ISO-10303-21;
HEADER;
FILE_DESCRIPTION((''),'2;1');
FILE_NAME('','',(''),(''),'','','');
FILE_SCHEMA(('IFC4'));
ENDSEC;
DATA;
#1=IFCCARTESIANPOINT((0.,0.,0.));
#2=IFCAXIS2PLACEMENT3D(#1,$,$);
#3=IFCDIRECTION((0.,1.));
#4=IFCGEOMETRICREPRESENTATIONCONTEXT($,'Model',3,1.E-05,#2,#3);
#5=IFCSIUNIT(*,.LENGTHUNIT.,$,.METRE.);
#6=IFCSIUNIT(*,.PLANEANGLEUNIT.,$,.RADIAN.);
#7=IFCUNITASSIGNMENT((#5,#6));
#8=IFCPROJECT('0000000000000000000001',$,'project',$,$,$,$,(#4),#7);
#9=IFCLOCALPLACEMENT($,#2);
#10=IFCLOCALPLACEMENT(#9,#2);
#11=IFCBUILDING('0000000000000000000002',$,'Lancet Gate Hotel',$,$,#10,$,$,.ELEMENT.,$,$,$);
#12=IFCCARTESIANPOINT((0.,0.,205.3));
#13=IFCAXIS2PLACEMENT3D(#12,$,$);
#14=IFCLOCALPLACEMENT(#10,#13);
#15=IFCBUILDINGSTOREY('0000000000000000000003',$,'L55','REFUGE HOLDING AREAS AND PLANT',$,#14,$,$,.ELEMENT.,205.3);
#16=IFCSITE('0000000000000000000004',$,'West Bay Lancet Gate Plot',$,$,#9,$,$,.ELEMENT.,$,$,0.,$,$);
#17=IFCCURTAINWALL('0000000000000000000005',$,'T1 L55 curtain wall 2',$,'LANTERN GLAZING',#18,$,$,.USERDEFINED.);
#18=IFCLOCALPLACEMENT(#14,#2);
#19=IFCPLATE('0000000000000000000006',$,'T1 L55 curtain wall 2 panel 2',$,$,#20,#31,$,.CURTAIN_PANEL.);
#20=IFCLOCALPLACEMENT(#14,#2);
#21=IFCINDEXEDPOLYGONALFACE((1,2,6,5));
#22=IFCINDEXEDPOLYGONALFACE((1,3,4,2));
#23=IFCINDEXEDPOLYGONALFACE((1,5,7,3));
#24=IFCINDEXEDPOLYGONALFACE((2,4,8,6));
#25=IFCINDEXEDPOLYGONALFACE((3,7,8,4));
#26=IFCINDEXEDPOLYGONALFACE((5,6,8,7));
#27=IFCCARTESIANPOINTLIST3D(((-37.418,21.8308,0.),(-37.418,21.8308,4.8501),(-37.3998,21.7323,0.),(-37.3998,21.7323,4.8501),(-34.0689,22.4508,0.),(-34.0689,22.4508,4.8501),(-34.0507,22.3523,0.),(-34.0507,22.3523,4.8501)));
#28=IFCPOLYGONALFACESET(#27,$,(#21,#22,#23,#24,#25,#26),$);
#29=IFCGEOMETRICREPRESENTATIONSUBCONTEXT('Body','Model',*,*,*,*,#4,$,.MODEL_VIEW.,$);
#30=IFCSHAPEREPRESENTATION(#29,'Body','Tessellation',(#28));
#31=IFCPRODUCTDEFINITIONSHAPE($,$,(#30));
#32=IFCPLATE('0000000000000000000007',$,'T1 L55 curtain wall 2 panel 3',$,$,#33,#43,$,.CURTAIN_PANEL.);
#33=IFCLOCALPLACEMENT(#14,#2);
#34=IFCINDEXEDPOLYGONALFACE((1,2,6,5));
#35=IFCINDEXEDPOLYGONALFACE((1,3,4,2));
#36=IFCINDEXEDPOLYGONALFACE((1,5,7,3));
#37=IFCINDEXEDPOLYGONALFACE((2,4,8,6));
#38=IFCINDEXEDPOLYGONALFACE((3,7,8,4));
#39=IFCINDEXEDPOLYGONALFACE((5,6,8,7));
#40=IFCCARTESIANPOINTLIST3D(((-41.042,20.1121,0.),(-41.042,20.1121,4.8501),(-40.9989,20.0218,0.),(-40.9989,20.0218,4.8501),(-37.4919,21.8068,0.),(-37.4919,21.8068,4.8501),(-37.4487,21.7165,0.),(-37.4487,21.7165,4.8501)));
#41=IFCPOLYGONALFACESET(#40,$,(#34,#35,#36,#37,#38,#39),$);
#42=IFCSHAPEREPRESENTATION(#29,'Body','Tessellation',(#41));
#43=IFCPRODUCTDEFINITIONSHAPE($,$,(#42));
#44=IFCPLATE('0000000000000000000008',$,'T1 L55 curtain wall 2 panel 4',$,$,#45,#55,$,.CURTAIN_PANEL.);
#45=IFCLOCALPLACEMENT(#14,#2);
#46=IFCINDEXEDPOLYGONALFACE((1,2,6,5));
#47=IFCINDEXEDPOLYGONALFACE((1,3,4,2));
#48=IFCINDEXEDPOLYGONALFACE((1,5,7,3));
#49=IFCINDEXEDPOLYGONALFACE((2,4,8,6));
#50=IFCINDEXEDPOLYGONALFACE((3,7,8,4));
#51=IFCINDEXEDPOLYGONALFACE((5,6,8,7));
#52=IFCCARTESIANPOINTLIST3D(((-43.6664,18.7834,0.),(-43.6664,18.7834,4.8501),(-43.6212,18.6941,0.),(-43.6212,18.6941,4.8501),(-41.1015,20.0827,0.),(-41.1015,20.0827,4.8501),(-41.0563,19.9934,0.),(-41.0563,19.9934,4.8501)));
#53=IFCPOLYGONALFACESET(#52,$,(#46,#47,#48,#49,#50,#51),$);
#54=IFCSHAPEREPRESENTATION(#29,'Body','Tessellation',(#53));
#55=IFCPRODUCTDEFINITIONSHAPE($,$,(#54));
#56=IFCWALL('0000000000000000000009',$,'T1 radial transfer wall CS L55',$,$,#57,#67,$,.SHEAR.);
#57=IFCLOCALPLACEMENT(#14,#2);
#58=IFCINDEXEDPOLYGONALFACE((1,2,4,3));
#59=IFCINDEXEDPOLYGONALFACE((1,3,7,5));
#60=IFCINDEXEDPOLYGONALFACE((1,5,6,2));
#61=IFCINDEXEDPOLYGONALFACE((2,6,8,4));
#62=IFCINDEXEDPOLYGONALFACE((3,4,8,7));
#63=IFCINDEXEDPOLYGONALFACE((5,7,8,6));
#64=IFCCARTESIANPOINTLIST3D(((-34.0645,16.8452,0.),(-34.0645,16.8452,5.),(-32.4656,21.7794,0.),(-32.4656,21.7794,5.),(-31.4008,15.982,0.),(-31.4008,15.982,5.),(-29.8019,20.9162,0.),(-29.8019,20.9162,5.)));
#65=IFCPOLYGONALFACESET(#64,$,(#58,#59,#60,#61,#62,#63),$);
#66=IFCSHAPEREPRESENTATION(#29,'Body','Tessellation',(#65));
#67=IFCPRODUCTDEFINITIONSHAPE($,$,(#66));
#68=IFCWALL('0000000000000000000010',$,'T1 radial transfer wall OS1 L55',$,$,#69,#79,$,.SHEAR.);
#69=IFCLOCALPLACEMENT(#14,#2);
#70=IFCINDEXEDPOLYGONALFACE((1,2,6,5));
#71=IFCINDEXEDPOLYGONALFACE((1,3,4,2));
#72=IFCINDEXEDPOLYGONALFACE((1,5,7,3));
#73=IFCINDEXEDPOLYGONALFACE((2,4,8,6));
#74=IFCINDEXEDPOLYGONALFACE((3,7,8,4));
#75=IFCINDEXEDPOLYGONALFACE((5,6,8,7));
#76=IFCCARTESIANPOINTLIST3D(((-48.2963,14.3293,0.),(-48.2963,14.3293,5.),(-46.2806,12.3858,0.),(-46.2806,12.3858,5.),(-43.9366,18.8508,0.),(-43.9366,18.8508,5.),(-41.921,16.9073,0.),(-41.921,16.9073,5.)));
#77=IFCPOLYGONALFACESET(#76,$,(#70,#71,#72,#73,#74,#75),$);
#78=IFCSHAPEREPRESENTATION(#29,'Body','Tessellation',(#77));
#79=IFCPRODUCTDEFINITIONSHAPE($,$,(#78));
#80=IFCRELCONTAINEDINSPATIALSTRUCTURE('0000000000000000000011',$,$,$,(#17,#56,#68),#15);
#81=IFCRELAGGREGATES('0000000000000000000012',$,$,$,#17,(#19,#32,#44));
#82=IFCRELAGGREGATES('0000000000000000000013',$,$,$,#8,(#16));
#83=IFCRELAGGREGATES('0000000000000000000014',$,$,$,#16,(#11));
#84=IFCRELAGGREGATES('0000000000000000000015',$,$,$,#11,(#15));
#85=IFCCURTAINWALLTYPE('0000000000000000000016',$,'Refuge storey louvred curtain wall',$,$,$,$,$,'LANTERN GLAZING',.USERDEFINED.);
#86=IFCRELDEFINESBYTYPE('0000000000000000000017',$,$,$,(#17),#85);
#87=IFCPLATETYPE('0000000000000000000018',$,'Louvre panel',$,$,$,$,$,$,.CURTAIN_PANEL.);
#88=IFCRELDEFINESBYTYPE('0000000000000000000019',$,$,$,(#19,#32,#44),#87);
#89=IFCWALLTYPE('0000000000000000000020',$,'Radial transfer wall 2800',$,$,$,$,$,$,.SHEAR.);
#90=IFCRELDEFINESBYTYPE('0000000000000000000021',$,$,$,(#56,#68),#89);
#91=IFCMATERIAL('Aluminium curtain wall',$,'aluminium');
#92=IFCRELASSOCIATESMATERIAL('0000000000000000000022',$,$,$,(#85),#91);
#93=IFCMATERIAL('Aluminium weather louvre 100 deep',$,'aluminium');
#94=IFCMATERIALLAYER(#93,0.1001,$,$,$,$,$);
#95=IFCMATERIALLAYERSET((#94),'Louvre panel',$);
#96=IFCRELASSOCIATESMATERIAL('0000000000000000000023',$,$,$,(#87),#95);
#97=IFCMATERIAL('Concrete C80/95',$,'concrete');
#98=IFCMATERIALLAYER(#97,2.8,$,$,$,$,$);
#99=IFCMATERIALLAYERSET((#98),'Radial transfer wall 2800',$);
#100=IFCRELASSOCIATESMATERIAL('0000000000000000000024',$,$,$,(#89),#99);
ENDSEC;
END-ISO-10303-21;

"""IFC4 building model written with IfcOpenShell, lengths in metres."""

from ifc_helpers import new_model, si_unit, direction, frame, frame_2d, origin, origin_2d, place, context, subcontext, project, spatial, rectangle, extrude, material, layer, layer_set, type_object, element, aggregate, save


model = new_model("IFC4")

# Units and contexts
model_context = context("Model", 3, precision=1e-05, world=origin(), true_north=direction((0.0, 1.0)))
body_context = subcontext(model_context, "Body", "Model", "MODEL_VIEW")
ifc_project = project(units=[si_unit("LENGTHUNIT", "METRE"), si_unit("PLANEANGLEUNIT", "RADIAN")], contexts=[model_context])

# Site, building, storey
site_placement = place(None, origin())
site = spatial("IfcSite", under=ifc_project, at=site_placement, Name="West Bay Lancet Gate Plot", CompositionType="ELEMENT", RefElevation=0.0)
building_placement = place(site_placement, origin())
building = spatial("IfcBuilding", under=site, at=building_placement, Name="Lancet Gate Hotel", CompositionType="ELEMENT")
storey_placement = place(building_placement, frame((0.0, 0.0, 205.3)))
storey = spatial("IfcBuildingStorey", under=building, at=storey_placement, Name="L55", Description="REFUGE HOLDING AREAS AND PLANT", CompositionType="ELEMENT", Elevation=205.3)

# Shared definitions
ifc_material_1 = material(Name="Aluminium curtain wall", Category="aluminium")
curtain_wall_type = type_object("IfcCurtainWallType", Name="Refuge storey louvred curtain wall", ElementType="LANTERN GLAZING", PredefinedType="USERDEFINED", material=ifc_material_1)

# Curtain wall
curtain_wall_1_placement = place(storey_placement, origin())
curtain_wall_1 = element("IfcCurtainWall", 1, at=curtain_wall_1_placement, inside=storey, type_object=curtain_wall_type, Name="T1 L55 curtain wall 2", ObjectType="LANTERN GLAZING", PredefinedType="USERDEFINED")

# Plates
ifc_material_2 = material(Name="Aluminium weather louvre 100 deep", Category="aluminium")
ifc_layer_1 = layer(ifc_material_2, 0.1001)
ifc_layer_set_1 = layer_set([ifc_layer_1], Name="Louvre panel")
plate_type = type_object("IfcPlateType", Name="Louvre panel", PredefinedType="CURTAIN_PANEL", material=ifc_layer_set_1)
plate_1_placement = place(storey_placement, frame((-35.7344, 22.0916, 0.0), z_axis=(0.0, 0.0, 1.0), x_axis=(-0.983292, -0.182033, 0.0)))
plate_1 = element("IfcPlate", 2, at=plate_1_placement, type_object=plate_type, Name="T1 L55 curtain wall 2 panel 2", PredefinedType="CURTAIN_PANEL", context=body_context, shape_type="SweptSolid", body=[
    extrude(rectangle(XDim=3.406, YDim=0.1001, at=origin_2d()), origin(), (0.0, 0.0, 1.0), 4.8501),
])
plate_2_placement = place(storey_placement, frame((-39.2454, 20.9143, 0.0), z_axis=(0.0, 0.0, 1.0), x_axis=(-0.902454, -0.430787, 0.0)))
plate_2 = element("IfcPlate", 3, at=plate_2_placement, type_object=plate_type, Name="T1 L55 curtain wall 2 panel 3", PredefinedType="CURTAIN_PANEL", context=body_context, shape_type="SweptSolid", body=[
    extrude(rectangle(XDim=3.9338, YDim=0.1001, at=origin_2d()), origin(), (0.0, 0.0, 1.0), 4.8501),
])
plate_3_placement = place(storey_placement, frame((-42.3613, 19.3884, 0.0), z_axis=(0.0, 0.0, 1.0), x_axis=(-0.892071, -0.451895, 0.0)))
plate_3 = element("IfcPlate", 4, at=plate_3_placement, type_object=plate_type, Name="T1 L55 curtain wall 2 panel 4", PredefinedType="CURTAIN_PANEL", context=body_context, shape_type="SweptSolid", body=[
    extrude(rectangle(XDim=2.8752, YDim=0.1001, at=origin_2d()), origin(), (0.0, 0.0, 1.0), 4.8501),
])
aggregate(curtain_wall_1, [plate_1, plate_2, plate_3])

# Walls
ifc_material_3 = material(Name="Concrete C80/95", Category="concrete")
ifc_layer_2 = layer(ifc_material_3, 2.8)
ifc_layer_set_2 = layer_set([ifc_layer_2], Name="Radial transfer wall 2800")
wall_type = type_object("IfcWallType", Name="Radial transfer wall 2800", PredefinedType="SHEAR", material=ifc_layer_set_2)
wall_1_placement = place(storey_placement, frame((-31.1338, 21.3477, 0.0), z_axis=(0.0, 0.0, 1.0), x_axis=(-0.308266, -0.9513, 0.0)))
element("IfcWall", 5, at=wall_1_placement, inside=storey, type_object=wall_type, Name="T1 radial transfer wall CS L55", PredefinedType="SHEAR", context=body_context, shape_type="SweptSolid", body=[
    extrude(rectangle(XDim=5.1868, YDim=2.8, at=frame_2d((2.5933, 0.0))), origin(), (0.0, 0.0, 1.0), 5.0),
])
wall_2_placement = place(storey_placement, frame((-42.9287, 17.8792, 0.0), z_axis=(0.0, 0.0, 1.0), x_axis=(-0.694104, -0.719875, 0.0)))
element("IfcWall", 6, at=wall_2_placement, inside=storey, type_object=wall_type, Name="T1 radial transfer wall OS1 L55", PredefinedType="SHEAR", context=body_context, shape_type="SweptSolid", body=[
    extrude(rectangle(XDim=6.281, YDim=2.8, at=frame_2d((3.1406, 0.0))), origin(), (0.0, 0.0, 1.0), 5.0),
])

save(model, "model.ifc")
